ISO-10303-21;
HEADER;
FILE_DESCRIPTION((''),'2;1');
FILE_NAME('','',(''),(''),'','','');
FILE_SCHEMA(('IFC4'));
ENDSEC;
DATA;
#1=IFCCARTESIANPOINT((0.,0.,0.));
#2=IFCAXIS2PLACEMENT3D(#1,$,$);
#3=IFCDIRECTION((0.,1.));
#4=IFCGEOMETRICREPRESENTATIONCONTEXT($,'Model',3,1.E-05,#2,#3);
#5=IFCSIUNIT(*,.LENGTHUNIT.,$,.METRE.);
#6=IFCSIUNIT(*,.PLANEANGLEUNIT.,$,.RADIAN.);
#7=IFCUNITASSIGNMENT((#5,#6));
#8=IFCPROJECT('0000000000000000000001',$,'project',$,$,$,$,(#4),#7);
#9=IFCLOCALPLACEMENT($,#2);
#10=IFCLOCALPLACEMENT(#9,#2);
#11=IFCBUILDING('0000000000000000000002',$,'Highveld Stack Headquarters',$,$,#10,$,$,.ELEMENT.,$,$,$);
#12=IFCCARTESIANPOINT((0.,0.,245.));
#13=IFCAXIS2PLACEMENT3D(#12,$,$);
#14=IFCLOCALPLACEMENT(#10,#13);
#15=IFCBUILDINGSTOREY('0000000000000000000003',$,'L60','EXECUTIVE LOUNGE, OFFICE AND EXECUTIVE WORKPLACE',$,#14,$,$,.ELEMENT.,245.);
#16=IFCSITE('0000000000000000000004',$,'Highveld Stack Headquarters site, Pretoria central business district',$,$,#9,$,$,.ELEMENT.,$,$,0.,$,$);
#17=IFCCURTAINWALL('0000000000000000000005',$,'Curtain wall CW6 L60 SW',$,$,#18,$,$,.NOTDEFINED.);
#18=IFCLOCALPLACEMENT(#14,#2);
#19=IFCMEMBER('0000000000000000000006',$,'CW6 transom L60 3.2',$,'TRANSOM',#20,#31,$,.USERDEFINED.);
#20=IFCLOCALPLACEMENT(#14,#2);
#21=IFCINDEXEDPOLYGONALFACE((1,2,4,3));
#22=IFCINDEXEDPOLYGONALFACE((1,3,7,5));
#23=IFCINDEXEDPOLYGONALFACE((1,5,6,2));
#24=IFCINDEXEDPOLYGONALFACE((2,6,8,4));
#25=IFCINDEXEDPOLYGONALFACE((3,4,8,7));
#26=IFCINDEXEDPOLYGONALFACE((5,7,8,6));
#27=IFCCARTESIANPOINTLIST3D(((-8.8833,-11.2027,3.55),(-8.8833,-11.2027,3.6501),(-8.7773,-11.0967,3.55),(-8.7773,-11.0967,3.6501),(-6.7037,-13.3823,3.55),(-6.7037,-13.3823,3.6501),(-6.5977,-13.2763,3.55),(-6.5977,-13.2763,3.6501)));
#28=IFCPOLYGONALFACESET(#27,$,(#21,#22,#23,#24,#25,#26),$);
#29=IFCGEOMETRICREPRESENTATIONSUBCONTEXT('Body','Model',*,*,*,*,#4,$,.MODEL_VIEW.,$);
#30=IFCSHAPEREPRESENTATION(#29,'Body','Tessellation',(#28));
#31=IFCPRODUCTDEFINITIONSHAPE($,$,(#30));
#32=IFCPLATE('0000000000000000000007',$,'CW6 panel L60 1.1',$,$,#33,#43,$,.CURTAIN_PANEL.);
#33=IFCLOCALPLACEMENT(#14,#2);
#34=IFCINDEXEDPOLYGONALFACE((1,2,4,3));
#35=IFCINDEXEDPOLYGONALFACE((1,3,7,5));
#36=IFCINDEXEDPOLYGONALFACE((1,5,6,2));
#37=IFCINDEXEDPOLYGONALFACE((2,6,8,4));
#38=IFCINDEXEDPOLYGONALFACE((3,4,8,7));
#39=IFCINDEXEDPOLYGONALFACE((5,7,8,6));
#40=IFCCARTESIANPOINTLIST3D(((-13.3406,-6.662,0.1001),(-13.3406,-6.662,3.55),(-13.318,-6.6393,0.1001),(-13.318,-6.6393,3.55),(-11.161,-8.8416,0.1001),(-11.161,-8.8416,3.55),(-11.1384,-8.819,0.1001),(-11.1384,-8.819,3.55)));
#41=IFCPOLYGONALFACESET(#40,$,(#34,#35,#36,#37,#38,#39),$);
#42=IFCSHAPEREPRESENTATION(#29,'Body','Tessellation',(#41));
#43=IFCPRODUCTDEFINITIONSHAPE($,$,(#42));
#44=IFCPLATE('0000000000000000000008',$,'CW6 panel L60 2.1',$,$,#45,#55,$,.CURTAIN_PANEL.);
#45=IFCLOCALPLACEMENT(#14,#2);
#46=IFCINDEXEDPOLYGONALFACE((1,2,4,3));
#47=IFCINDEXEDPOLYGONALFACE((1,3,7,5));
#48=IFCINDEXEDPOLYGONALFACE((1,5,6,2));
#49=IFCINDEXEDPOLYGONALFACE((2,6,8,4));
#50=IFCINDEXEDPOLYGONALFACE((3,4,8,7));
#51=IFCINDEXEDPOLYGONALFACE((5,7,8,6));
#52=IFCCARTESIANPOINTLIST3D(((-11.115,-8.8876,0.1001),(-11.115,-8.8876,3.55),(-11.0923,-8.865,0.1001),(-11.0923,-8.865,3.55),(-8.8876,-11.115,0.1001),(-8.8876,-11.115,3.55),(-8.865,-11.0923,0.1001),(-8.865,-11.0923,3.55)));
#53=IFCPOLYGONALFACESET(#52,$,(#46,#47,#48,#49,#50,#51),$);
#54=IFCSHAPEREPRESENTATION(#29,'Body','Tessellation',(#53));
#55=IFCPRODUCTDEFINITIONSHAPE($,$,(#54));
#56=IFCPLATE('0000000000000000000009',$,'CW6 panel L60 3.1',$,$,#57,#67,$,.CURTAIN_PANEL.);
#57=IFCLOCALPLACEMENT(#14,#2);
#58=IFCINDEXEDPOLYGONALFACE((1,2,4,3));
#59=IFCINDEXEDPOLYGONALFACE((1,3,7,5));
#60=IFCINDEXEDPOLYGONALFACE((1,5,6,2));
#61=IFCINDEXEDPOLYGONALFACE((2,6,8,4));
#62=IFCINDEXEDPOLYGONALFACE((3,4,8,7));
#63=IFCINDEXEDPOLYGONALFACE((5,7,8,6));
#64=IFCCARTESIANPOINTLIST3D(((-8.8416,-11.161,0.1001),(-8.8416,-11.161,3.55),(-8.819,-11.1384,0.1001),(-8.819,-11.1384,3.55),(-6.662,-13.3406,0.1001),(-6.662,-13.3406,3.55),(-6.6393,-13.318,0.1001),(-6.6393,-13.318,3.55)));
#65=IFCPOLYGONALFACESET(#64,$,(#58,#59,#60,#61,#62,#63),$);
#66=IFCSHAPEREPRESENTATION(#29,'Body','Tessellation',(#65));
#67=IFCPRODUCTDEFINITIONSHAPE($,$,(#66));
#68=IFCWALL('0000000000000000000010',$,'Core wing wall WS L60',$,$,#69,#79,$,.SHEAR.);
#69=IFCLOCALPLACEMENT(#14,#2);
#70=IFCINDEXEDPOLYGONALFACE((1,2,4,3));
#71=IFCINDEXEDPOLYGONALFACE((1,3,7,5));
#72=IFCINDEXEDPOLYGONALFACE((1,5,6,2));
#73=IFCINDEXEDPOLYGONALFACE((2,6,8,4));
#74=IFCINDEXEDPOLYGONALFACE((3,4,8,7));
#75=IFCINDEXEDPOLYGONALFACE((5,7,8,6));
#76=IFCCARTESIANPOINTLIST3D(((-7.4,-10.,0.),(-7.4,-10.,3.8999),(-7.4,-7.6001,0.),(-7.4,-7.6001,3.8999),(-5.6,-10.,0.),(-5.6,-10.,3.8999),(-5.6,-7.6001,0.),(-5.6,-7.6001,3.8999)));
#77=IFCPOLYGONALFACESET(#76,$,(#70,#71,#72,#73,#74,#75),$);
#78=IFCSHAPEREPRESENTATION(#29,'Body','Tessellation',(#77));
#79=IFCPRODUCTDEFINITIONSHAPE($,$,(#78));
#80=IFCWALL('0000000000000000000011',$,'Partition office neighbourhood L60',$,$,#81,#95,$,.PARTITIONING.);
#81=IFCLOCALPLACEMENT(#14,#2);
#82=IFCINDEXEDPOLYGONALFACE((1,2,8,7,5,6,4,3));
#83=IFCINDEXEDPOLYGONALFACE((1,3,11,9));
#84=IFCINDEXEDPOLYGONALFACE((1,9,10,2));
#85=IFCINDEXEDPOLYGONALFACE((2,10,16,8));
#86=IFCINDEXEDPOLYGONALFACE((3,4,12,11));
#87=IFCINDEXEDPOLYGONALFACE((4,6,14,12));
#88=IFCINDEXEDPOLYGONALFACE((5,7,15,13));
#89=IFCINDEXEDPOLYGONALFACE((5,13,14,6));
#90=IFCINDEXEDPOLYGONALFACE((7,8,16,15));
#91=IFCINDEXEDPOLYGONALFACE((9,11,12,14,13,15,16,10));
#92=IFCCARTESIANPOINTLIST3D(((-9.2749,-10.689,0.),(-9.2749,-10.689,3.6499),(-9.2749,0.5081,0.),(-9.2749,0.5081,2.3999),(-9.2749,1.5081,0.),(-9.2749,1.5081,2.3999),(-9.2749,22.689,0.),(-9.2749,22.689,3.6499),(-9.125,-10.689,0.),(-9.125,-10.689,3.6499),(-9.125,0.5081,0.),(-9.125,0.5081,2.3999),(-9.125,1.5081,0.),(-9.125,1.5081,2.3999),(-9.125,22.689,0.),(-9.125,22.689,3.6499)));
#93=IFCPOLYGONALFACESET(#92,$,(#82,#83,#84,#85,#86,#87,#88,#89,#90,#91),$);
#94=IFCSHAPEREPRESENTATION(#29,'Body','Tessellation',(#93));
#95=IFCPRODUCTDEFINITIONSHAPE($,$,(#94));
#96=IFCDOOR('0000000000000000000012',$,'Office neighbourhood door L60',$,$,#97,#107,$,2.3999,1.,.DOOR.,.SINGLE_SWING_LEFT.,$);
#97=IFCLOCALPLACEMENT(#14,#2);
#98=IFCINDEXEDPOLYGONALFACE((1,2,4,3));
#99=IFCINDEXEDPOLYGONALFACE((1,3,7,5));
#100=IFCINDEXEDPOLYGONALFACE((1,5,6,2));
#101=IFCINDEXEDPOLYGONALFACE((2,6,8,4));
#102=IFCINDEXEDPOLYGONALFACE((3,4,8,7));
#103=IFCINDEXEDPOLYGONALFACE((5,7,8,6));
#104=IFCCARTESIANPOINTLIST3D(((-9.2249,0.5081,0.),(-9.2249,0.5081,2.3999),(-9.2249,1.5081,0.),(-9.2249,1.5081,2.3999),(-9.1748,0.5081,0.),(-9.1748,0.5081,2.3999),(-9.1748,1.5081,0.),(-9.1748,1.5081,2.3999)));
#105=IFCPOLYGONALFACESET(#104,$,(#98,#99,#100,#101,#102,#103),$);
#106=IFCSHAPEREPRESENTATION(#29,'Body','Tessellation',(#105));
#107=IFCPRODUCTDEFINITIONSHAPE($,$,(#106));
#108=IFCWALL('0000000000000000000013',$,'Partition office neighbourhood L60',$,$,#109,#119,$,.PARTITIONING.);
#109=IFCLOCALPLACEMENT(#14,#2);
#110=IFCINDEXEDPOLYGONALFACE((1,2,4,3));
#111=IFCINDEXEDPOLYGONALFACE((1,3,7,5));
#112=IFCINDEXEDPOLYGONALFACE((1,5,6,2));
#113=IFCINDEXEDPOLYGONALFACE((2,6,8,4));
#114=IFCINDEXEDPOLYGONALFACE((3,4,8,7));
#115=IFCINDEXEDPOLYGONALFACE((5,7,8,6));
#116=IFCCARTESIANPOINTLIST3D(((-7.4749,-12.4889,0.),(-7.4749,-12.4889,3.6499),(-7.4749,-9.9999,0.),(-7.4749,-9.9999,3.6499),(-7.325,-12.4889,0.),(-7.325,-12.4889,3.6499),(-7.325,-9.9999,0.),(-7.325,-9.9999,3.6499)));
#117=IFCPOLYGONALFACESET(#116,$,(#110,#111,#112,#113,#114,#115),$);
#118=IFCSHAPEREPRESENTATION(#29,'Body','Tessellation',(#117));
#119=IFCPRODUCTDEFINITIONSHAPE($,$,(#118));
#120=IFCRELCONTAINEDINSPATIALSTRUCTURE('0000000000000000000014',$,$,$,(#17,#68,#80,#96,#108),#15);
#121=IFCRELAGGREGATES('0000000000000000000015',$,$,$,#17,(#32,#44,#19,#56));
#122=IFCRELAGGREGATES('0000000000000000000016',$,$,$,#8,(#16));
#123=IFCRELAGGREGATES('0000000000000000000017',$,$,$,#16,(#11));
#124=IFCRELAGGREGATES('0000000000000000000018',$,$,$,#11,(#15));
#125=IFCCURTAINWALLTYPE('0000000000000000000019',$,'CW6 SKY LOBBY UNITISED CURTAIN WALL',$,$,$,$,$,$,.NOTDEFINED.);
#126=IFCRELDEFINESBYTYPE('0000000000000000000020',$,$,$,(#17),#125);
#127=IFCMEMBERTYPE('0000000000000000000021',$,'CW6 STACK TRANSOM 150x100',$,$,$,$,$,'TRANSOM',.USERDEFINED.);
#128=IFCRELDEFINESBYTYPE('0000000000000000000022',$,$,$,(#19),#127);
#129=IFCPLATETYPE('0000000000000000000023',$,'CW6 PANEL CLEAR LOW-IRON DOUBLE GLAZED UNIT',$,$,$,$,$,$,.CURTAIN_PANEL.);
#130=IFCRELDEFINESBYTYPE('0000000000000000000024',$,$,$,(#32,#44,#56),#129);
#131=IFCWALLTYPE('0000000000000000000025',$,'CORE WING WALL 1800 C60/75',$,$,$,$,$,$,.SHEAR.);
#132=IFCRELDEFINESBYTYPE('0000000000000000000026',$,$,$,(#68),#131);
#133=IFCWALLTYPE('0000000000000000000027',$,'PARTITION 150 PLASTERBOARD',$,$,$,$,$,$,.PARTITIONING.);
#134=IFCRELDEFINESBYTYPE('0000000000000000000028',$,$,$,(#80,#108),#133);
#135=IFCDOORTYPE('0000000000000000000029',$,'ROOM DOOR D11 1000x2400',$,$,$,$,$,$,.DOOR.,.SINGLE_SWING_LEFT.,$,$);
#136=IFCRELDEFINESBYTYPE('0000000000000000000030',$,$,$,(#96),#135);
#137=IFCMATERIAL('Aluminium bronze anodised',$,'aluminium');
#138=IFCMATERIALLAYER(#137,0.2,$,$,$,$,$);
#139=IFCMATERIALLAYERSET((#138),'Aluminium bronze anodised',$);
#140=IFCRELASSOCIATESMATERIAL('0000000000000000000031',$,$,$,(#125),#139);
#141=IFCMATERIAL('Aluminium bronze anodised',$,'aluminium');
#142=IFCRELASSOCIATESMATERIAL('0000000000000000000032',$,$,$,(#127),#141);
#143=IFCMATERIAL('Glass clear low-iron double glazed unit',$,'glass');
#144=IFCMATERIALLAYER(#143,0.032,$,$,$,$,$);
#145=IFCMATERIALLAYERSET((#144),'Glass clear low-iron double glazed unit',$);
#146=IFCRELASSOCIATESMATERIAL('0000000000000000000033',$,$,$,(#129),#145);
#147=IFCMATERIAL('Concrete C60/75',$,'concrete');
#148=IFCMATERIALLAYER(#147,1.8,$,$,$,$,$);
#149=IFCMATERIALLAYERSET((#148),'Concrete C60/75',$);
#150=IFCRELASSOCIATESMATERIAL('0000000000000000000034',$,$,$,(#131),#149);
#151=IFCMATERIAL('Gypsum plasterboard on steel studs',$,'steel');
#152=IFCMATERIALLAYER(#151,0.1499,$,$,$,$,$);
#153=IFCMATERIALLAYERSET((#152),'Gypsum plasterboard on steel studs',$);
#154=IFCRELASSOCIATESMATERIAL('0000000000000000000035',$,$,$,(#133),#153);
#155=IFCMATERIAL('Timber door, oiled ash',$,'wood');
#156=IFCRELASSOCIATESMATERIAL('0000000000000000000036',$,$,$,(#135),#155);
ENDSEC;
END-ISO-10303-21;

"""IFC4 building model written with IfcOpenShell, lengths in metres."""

from ifc_helpers import new_model, si_unit, direction, frame, frame_2d, origin, origin_2d, place, context, subcontext, project, spatial, rectangle, extrude, material, layer, layer_set, material_profile, profile_set, type_object, element, fill, aggregate, save


model = new_model("IFC4")

# Units and contexts
model_context = context("Model", 3, precision=1e-05, world=origin(), true_north=direction((0.0, 1.0)))
body_context = subcontext(model_context, "Body", "Model", "MODEL_VIEW")
ifc_project = project(units=[si_unit("LENGTHUNIT", "METRE"), si_unit("PLANEANGLEUNIT", "RADIAN")], contexts=[model_context])

# Site, building, storey
site_placement = place(None, origin())
site = spatial("IfcSite", under=ifc_project, at=site_placement, Name="Highveld Stack Headquarters site, Pretoria central business district", CompositionType="ELEMENT", RefElevation=0.0)
building_placement = place(site_placement, origin())
building = spatial("IfcBuilding", under=site, at=building_placement, Name="Highveld Stack Headquarters", CompositionType="ELEMENT")
storey_placement = place(building_placement, frame((0.0, 0.0, 245.0)))
storey = spatial("IfcBuildingStorey", under=building, at=storey_placement, Name="L60", Description="EXECUTIVE LOUNGE, OFFICE AND EXECUTIVE WORKPLACE", CompositionType="ELEMENT", Elevation=245.0)

# Shared definitions
ifc_material_1 = material(Name="Aluminium bronze anodised", Category="aluminium")
ifc_layer_1 = layer(ifc_material_1, 0.2)
ifc_layer_set_1 = layer_set([ifc_layer_1], Name="Aluminium bronze anodised")
curtain_wall_type = type_object("IfcCurtainWallType", Name="CW6 SKY LOBBY UNITISED CURTAIN WALL", PredefinedType="NOTDEFINED", material=ifc_layer_set_1)

# Curtain wall
curtain_wall_1_placement = place(storey_placement, origin())
curtain_wall_1 = element("IfcCurtainWall", 1, at=curtain_wall_1_placement, inside=storey, type_object=curtain_wall_type, Name="Curtain wall CW6 L60 SW", PredefinedType="NOTDEFINED")

# Member
ifc_material_2 = material(Name="Aluminium bronze anodised", Category="aluminium")
ifc_material_profile_1 = material_profile(ifc_material_2, rectangle(XDim=0.1499, YDim=0.1001, at=origin_2d()), Name="CW6 TRANSOM 150x100")
ifc_profile_set_1 = profile_set([ifc_material_profile_1], Name="Aluminium bronze anodised")
member_type_1 = type_object("IfcMemberType", Name="CW6 STACK TRANSOM 150x100", ElementType="TRANSOM", PredefinedType="USERDEFINED", material=ifc_profile_set_1)
member_1_placement = place(storey_placement, frame((-8.8303, -11.1497, 3.6001), z_axis=(0.707107, -0.707107, 0.0), x_axis=(0.707107, 0.707107, 0.0)))
member_1 = element("IfcMember", 2, at=member_1_placement, type_object=member_type_1, Name="CW6 transom L60 3.2", ObjectType="TRANSOM", PredefinedType="USERDEFINED", context=body_context, shape_type="SweptSolid", body=[
    extrude(rectangle(XDim=0.1499, YDim=0.1001, at=origin_2d()), origin(), (0.0, 0.0, 1.0), 3.0825),
])

# Plates
ifc_material_3 = material(Name="Glass clear low-iron double glazed unit", Category="glass")
ifc_layer_2 = layer(ifc_material_3, 0.032)
ifc_layer_set_2 = layer_set([ifc_layer_2], Name="Glass clear low-iron double glazed unit")
plate_type = type_object("IfcPlateType", Name="CW6 PANEL CLEAR LOW-IRON DOUBLE GLAZED UNIT", PredefinedType="CURTAIN_PANEL", material=ifc_layer_set_2)
plate_1_placement = place(storey_placement, frame((-12.2395, -7.7405, 0.1001), z_axis=(0.0, 0.0, 1.0), x_axis=(0.707107, -0.707107, 0.0)))
plate_1 = element("IfcPlate", 3, at=plate_1_placement, type_object=plate_type, Name="CW6 panel L60 1.1", PredefinedType="CURTAIN_PANEL", context=body_context, shape_type="SweptSolid", body=[
    extrude(rectangle(XDim=3.0825, YDim=0.032, at=origin_2d()), origin(), (0.0, 0.0, 1.0), 3.45),
])
plate_2_placement = place(storey_placement, frame((-9.99, -9.99, 0.1001), z_axis=(0.0, 0.0, 1.0), x_axis=(0.707107, -0.707107, 0.0)))
plate_2 = element("IfcPlate", 4, at=plate_2_placement, type_object=plate_type, Name="CW6 panel L60 2.1", PredefinedType="CURTAIN_PANEL", context=body_context, shape_type="SweptSolid", body=[
    extrude(rectangle(XDim=3.1499, YDim=0.032, at=origin_2d()), origin(), (0.0, 0.0, 1.0), 3.45),
])
plate_3_placement = place(storey_placement, frame((-7.7405, -12.2395, 0.1001), z_axis=(0.0, 0.0, 1.0), x_axis=(0.707107, -0.707107, 0.0)))
plate_3 = element("IfcPlate", 5, at=plate_3_placement, type_object=plate_type, Name="CW6 panel L60 3.1", PredefinedType="CURTAIN_PANEL", context=body_context, shape_type="SweptSolid", body=[
    extrude(rectangle(XDim=3.0825, YDim=0.032, at=origin_2d()), origin(), (0.0, 0.0, 1.0), 3.45),
])
aggregate(curtain_wall_1, [plate_1, plate_2, member_1, plate_3])

# Wall
ifc_material_4 = material(Name="Concrete C60/75", Category="concrete")
ifc_layer_3 = layer(ifc_material_4, 1.8)
ifc_layer_set_3 = layer_set([ifc_layer_3], Name="Concrete C60/75")
wall_type_1 = type_object("IfcWallType", Name="CORE WING WALL 1800 C60/75", PredefinedType="SHEAR", material=ifc_layer_set_3)
wall_1_placement = place(storey_placement, frame((-6.5, -10.0, 0.0), z_axis=(0.0, 0.0, 1.0), x_axis=(0.0, 1.0, 0.0)))
element("IfcWall", 6, at=wall_1_placement, inside=storey, type_object=wall_type_1, Name="Core wing wall WS L60", PredefinedType="SHEAR", context=body_context, shape_type="SweptSolid", body=[
    extrude(rectangle(XDim=2.3999, YDim=1.8, at=frame_2d((1.2, 0.0))), origin(), (0.0, 0.0, 1.0), 3.8999),
])

# Wall, opening, door
ifc_material_5 = material(Name="Gypsum plasterboard on steel studs", Category="steel")
ifc_layer_4 = layer(ifc_material_5, 0.1499)
ifc_layer_set_4 = layer_set([ifc_layer_4], Name="Gypsum plasterboard on steel studs")
wall_type_2 = type_object("IfcWallType", Name="PARTITION 150 PLASTERBOARD", PredefinedType="PARTITIONING", material=ifc_layer_set_4)
wall_2_placement = place(storey_placement, frame((-9.2, -10.689, 0.0), z_axis=(0.0, 0.0, 1.0), x_axis=(0.0, 1.0, 0.0)))
wall_2 = element("IfcWall", 7, at=wall_2_placement, inside=storey, type_object=wall_type_2, Name="Partition office neighbourhood L60", PredefinedType="PARTITIONING", context=body_context, shape_type="SweptSolid", body=[
    extrude(rectangle(XDim=33.3779, YDim=0.1499, at=frame_2d((16.689, 0.0))), origin(), (0.0, 0.0, 1.0), 3.6499),
])
opening_1_placement = place(wall_2_placement, frame((11.197, 0.0, 0.0)))
opening_1 = element("IfcOpeningElement", 8, at=opening_1_placement, cuts=wall_2, PredefinedType="OPENING", context=body_context, shape_type="SweptSolid", body=[
    extrude(rectangle(XDim=1.0, YDim=2.3999, at=frame_2d((0.5, 1.2))), frame((0.0, 0.085, 0.0), z_axis=(0.0, -1.0, 0.0), x_axis=(1.0, 0.0, 0.0)), (0.0, 0.0, 1.0), 0.1699),
])
ifc_material_6 = material(Name="Timber door, oiled ash", Category="wood")
door_type_1 = type_object("IfcDoorType", Name="ROOM DOOR D11 1000x2400", OperationType="SINGLE_SWING_LEFT", PredefinedType="DOOR", material=ifc_material_6)
door_1_placement = place(opening_1_placement, origin())
door_1 = element("IfcDoor", 9, at=door_1_placement, inside=storey, type_object=door_type_1, Name="Office neighbourhood door L60", OperationType="SINGLE_SWING_LEFT", OverallHeight=2.3999, OverallWidth=1.0, PredefinedType="DOOR", context=body_context, shape_type="SweptSolid", body=[
    extrude(rectangle(XDim=1.0, YDim=2.3999, at=frame_2d((0.5, 1.2))), frame((0.0, 0.0249, 0.0), z_axis=(0.0, -1.0, 0.0), x_axis=(1.0, 0.0, 0.0)), (0.0, 0.0, 1.0), 0.05),
])
fill(opening_1, door_1)

# Wall
wall_3_placement = place(storey_placement, frame((-7.3999, -12.489, 0.0), z_axis=(0.0, 0.0, 1.0), x_axis=(0.0, 1.0, 0.0)))
element("IfcWall", 10, at=wall_3_placement, inside=storey, type_object=wall_type_2, Name="Partition office neighbourhood L60", PredefinedType="PARTITIONING", context=body_context, shape_type="SweptSolid", body=[
    extrude(rectangle(XDim=2.489, YDim=0.1499, at=frame_2d((1.2446, 0.0))), origin(), (0.0, 0.0, 1.0), 3.6499),
])

save(model, "model.ifc")
